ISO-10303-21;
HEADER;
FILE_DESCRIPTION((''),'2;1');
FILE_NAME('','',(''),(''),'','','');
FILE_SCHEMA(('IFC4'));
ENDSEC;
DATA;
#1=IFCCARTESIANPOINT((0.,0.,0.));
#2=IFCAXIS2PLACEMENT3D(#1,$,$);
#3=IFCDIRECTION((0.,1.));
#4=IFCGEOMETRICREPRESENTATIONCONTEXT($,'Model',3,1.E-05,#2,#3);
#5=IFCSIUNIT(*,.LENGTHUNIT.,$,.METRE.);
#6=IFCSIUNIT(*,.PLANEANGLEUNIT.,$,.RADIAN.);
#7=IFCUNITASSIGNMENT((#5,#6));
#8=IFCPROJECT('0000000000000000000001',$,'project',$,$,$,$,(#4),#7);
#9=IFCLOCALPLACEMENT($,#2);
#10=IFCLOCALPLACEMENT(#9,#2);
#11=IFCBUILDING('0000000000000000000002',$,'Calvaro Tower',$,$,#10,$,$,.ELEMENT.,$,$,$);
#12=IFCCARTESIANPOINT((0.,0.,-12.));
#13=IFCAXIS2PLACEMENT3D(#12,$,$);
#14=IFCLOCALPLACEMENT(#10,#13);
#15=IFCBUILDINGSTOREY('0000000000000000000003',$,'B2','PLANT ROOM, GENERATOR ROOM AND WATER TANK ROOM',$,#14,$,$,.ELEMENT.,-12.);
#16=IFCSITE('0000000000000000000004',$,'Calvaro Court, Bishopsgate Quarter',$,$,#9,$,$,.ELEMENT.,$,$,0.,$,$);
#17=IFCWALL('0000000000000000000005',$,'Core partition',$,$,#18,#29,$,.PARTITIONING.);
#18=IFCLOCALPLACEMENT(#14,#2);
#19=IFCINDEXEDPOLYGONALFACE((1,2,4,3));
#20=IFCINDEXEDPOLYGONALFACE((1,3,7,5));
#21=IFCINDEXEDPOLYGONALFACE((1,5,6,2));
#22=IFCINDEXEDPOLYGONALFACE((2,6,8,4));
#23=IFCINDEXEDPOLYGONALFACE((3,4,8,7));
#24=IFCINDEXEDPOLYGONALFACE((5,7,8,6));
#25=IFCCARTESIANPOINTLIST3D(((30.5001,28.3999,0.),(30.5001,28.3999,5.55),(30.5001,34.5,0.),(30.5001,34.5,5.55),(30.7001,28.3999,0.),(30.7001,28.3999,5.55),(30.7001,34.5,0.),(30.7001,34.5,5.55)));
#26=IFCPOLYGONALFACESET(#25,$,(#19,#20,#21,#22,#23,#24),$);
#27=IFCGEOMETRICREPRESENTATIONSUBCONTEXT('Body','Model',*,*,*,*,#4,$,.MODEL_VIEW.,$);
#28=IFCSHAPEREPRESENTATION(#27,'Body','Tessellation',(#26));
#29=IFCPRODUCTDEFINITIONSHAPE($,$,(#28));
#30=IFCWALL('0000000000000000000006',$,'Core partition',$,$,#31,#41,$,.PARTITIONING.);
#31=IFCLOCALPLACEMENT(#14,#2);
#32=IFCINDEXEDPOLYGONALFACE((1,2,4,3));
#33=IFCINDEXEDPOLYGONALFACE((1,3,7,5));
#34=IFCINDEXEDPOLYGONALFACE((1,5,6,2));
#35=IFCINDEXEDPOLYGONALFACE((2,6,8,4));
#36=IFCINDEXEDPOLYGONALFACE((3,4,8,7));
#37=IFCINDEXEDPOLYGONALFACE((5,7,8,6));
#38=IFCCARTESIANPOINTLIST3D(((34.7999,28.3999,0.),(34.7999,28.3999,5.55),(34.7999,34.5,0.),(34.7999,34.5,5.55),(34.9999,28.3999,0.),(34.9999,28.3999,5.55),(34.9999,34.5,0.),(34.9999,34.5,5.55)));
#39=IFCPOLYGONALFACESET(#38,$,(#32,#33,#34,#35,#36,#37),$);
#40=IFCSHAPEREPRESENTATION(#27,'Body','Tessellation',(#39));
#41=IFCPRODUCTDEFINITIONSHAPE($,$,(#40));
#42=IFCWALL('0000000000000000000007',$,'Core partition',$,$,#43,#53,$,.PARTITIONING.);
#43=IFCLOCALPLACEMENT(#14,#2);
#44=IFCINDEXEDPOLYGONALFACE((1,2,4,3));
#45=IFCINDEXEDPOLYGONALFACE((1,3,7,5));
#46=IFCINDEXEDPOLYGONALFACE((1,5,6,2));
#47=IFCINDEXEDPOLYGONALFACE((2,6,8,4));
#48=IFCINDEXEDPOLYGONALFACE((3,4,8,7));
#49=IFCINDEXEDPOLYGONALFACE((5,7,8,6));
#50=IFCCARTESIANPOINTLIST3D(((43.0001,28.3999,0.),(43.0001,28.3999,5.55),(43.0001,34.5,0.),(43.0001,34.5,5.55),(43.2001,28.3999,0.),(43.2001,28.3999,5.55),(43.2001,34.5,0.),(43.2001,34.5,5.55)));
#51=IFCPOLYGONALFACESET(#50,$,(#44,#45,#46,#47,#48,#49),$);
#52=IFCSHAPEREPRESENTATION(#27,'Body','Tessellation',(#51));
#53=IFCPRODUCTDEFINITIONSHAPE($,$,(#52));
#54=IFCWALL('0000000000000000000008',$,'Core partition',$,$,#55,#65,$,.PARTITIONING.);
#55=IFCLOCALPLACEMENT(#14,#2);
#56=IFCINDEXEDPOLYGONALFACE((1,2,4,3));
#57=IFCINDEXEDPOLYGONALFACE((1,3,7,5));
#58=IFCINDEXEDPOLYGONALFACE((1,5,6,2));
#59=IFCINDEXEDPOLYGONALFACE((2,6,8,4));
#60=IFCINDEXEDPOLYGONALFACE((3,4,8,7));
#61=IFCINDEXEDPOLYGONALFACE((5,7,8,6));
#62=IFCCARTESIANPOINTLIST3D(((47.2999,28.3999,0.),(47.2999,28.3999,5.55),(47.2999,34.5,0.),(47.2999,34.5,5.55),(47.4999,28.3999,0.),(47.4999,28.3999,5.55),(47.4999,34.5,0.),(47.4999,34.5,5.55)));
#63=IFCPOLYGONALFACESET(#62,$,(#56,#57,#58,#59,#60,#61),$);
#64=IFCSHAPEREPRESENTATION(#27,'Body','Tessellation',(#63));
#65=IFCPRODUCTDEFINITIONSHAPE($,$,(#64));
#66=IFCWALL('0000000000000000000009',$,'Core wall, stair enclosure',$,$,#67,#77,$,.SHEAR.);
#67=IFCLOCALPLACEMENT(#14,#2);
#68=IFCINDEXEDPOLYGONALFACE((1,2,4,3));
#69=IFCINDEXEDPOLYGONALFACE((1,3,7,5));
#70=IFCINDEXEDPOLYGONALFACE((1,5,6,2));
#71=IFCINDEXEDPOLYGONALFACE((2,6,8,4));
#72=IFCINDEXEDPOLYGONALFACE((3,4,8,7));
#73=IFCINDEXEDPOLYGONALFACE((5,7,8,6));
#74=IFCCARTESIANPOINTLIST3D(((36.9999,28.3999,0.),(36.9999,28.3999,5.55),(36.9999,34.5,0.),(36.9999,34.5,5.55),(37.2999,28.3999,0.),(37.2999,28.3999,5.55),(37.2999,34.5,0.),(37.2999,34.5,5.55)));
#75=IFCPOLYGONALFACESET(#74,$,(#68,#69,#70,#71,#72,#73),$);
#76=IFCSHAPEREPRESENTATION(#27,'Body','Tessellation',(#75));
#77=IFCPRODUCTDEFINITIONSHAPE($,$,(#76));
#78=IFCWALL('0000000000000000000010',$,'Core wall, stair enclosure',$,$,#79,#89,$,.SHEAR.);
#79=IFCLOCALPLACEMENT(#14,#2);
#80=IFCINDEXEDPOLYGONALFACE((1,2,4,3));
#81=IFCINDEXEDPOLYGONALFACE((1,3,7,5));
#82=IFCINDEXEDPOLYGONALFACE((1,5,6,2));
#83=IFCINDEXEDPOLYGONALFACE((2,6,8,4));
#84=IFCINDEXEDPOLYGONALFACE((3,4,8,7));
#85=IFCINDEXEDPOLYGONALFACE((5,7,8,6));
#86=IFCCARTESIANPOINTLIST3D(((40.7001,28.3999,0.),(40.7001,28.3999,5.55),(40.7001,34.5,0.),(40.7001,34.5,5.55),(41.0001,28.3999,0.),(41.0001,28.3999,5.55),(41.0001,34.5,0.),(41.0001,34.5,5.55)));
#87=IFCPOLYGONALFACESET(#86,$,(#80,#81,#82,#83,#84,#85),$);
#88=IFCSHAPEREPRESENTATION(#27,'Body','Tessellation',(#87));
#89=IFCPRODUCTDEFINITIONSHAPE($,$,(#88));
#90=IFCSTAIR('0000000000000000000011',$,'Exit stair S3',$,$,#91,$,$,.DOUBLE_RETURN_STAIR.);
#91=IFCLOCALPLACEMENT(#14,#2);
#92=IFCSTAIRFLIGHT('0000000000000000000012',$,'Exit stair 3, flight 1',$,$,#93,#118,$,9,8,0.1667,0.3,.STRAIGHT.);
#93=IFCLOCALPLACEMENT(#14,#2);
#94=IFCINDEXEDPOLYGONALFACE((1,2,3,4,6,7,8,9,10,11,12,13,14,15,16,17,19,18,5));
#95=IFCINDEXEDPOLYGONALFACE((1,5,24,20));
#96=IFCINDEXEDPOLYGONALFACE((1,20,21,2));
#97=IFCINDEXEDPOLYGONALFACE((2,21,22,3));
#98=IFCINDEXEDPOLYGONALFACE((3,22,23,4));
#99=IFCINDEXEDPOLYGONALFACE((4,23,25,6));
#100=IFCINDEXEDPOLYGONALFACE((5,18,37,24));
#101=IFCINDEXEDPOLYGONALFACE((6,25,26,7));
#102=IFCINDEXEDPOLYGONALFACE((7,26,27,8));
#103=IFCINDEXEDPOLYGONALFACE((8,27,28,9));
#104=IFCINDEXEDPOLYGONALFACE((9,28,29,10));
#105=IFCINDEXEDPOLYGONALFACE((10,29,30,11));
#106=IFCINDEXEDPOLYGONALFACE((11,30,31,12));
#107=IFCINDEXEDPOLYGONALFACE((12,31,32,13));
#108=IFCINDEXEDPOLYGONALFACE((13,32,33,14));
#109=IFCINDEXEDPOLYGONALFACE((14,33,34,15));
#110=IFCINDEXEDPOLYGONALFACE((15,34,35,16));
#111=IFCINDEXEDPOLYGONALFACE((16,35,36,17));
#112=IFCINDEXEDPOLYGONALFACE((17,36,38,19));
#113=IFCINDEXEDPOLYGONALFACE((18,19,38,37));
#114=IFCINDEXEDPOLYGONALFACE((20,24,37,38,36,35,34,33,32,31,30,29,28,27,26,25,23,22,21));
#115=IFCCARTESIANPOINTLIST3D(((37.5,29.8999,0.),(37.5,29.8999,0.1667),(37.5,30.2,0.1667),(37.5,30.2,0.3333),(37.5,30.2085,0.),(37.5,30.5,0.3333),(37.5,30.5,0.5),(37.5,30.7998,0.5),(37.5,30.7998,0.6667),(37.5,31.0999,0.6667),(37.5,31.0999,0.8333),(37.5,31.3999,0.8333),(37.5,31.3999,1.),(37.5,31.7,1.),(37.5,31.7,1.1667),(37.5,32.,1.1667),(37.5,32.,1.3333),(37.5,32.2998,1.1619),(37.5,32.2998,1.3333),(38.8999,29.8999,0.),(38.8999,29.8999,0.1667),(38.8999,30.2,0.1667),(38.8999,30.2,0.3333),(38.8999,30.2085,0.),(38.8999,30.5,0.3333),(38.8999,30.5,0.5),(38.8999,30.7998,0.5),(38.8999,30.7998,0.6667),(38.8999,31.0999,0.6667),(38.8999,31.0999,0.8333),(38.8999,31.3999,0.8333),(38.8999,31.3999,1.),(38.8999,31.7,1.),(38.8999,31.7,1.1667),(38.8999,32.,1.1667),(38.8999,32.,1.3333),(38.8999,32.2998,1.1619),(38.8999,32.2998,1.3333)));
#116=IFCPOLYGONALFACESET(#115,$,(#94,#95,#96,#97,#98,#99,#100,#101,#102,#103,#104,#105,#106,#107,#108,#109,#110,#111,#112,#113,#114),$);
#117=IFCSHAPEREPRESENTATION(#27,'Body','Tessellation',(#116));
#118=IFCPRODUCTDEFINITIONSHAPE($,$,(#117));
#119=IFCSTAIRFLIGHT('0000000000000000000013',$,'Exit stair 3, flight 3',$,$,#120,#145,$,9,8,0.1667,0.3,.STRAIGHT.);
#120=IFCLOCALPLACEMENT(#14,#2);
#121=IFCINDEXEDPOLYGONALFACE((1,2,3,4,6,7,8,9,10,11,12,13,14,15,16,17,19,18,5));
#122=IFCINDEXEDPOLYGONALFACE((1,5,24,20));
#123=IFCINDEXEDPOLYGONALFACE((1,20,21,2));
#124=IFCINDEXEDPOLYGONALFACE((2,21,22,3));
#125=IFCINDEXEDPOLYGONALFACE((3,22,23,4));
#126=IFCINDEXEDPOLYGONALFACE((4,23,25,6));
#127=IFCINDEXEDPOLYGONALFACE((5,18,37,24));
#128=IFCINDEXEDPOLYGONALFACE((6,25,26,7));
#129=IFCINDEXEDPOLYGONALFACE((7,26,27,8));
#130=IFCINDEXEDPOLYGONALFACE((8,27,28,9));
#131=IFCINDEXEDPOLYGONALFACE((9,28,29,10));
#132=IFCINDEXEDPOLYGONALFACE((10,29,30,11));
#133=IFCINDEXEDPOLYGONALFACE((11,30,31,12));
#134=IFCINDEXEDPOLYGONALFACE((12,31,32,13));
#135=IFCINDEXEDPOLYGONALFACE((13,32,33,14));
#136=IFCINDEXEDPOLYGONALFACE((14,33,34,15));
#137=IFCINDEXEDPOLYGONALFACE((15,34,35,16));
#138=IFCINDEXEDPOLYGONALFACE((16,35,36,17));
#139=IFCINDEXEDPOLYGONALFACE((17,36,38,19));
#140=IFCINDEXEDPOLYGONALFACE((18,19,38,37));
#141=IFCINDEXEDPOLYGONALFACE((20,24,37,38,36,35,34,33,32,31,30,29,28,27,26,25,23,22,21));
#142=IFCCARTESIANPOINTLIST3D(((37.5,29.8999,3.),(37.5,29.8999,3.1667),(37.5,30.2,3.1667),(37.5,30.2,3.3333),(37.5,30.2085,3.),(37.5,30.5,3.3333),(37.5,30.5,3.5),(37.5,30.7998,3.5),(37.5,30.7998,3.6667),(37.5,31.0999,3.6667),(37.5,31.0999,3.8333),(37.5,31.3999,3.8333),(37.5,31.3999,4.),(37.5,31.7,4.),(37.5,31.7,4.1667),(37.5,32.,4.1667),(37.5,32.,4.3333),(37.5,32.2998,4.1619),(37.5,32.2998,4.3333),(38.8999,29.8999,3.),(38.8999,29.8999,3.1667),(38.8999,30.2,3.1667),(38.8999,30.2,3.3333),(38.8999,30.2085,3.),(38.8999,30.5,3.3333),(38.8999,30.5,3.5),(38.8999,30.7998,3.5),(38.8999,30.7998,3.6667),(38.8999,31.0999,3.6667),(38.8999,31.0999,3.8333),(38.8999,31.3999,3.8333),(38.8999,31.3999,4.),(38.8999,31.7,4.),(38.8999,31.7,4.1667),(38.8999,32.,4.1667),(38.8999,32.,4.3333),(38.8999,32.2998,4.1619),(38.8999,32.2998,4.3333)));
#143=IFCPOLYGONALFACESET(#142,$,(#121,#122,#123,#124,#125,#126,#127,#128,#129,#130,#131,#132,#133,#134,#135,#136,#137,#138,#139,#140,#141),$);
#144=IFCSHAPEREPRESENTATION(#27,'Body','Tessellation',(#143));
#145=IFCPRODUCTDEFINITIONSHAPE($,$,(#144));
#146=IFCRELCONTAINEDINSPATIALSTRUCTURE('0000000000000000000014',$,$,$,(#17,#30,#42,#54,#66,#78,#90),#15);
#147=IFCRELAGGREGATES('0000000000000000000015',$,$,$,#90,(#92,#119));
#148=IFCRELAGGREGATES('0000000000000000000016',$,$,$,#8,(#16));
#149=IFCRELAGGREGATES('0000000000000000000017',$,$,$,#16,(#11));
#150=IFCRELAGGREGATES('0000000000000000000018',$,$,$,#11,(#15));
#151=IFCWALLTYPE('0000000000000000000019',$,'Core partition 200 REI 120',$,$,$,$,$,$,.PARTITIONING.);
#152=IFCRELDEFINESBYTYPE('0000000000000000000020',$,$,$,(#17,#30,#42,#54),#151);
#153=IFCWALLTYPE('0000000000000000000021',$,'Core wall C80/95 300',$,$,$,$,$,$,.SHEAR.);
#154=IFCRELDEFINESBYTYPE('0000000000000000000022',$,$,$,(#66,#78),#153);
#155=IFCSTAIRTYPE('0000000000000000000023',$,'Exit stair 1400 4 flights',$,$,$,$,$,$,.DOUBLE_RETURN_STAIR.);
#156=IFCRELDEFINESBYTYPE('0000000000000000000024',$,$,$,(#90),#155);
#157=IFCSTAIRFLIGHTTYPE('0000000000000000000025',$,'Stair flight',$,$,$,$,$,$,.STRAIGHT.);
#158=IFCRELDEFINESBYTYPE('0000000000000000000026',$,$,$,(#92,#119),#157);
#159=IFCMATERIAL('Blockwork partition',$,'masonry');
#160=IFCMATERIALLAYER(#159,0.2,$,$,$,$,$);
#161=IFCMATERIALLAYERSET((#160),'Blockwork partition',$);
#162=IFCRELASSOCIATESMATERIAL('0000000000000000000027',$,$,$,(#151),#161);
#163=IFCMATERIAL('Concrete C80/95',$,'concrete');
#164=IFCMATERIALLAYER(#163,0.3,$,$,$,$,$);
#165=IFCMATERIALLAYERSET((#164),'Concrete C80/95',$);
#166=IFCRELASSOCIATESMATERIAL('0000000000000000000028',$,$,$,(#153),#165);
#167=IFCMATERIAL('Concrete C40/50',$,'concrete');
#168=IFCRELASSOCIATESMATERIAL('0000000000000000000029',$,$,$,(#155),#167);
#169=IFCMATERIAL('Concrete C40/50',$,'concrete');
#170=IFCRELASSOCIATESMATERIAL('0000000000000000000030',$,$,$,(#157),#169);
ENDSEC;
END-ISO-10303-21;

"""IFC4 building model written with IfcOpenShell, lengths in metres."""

from ifc_helpers import new_model, si_unit, direction, frame, frame_2d, origin, place, context, subcontext, project, spatial, polyline, rectangle, outline, extrude, material, layer, layer_set, type_object, element, aggregate, save


model = new_model("IFC4")

# Units and contexts
model_context = context("Model", 3, precision=1e-05, world=origin(), true_north=direction((0.0, 1.0)))
body_context = subcontext(model_context, "Body", "Model", "MODEL_VIEW")
ifc_project = project(units=[si_unit("LENGTHUNIT", "METRE"), si_unit("PLANEANGLEUNIT", "RADIAN")], contexts=[model_context])

# Site, building, storey
site_placement = place(None, origin())
site = spatial("IfcSite", under=ifc_project, at=site_placement, Name="Calvaro Court, Bishopsgate Quarter", CompositionType="ELEMENT", RefElevation=0.0)
building_placement = place(site_placement, origin())
building = spatial("IfcBuilding", under=site, at=building_placement, Name="Calvaro Tower", CompositionType="ELEMENT")
storey_placement = place(building_placement, frame((0.0, 0.0, -12.0)))
storey = spatial("IfcBuildingStorey", under=building, at=storey_placement, Name="B2", Description="PLANT ROOM, GENERATOR ROOM AND WATER TANK ROOM", CompositionType="ELEMENT", Elevation=-12.0)

# Walls
ifc_material_1 = material(Name="Blockwork partition", Category="masonry")
ifc_layer_1 = layer(ifc_material_1, 0.2)
ifc_layer_set_1 = layer_set([ifc_layer_1], Name="Blockwork partition")
wall_type_1 = type_object("IfcWallType", Name="Core partition 200 REI 120", PredefinedType="PARTITIONING", material=ifc_layer_set_1)
for number, where, z_axis, x_axis, name in (
    (1, (30.6001, 28.3999, 0.0), (0.0, 0.0, 1.0), (0.0, 1.0, 0.0), "Core partition"),
    (2, (34.8999, 28.3999, 0.0), (0.0, 0.0, 1.0), (0.0, 1.0, 0.0), "Core partition"),
    (3, (43.1001, 28.3999, 0.0), (0.0, 0.0, 1.0), (0.0, 1.0, 0.0), "Core partition"),
    (4, (47.3999, 28.3999, 0.0), (0.0, 0.0, 1.0), (0.0, 1.0, 0.0), "Core partition"),
):
    element("IfcWall", number, at=place(storey_placement, frame(where, z_axis=z_axis, x_axis=x_axis)), inside=storey, type_object=wall_type_1, Name=name, PredefinedType="PARTITIONING", context=body_context, shape_type="SweptSolid", body=[
        extrude(rectangle(XDim=6.1001, YDim=0.2, at=frame_2d((3.05, 0.0))), origin(), (0.0, 0.0, 1.0), 5.55),
    ])
ifc_material_2 = material(Name="Concrete C80/95", Category="concrete")
ifc_layer_2 = layer(ifc_material_2, 0.3)
ifc_layer_set_2 = layer_set([ifc_layer_2], Name="Concrete C80/95")
wall_type_2 = type_object("IfcWallType", Name="Core wall C80/95 300", PredefinedType="SHEAR", material=ifc_layer_set_2)
for number, where, z_axis, x_axis, name in (
    (5, (37.1499, 28.3999, 0.0), (0.0, 0.0, 1.0), (0.0, 1.0, 0.0), "Core wall, stair enclosure"),
    (6, (40.8501, 28.3999, 0.0), (0.0, 0.0, 1.0), (0.0, 1.0, 0.0), "Core wall, stair enclosure"),
):
    element("IfcWall", number, at=place(storey_placement, frame(where, z_axis=z_axis, x_axis=x_axis)), inside=storey, type_object=wall_type_2, Name=name, PredefinedType="SHEAR", context=body_context, shape_type="SweptSolid", body=[
        extrude(rectangle(XDim=6.1001, YDim=0.3, at=frame_2d((3.05, 0.0))), origin(), (0.0, 0.0, 1.0), 5.55),
    ])

# Stair, stair flights
ifc_material_3 = material(Name="Concrete C40/50", Category="concrete")
stair_type = type_object("IfcStairType", Name="Exit stair 1400 4 flights", PredefinedType="DOUBLE_RETURN_STAIR", material=ifc_material_3)
stair_1_placement = place(storey_placement, origin())
stair_1 = element("IfcStair", 7, at=stair_1_placement, inside=storey, type_object=stair_type, Name="Exit stair S3", PredefinedType="DOUBLE_RETURN_STAIR")
ifc_material_4 = material(Name="Concrete C40/50", Category="concrete")
stair_flight_type = type_object("IfcStairFlightType", Name="Stair flight", PredefinedType="STRAIGHT", material=ifc_material_4)
stair_flight_1_placement = place(storey_placement, frame((38.2, 29.8999, 0.0), z_axis=(0.0, 0.0, 1.0), x_axis=(0.0, 1.0, 0.0)))
stair_flight_1 = element("IfcStairFlight", 8, at=stair_flight_1_placement, type_object=stair_flight_type, Name="Exit stair 3, flight 1", NumberOfRisers=9, NumberOfTreads=8, PredefinedType="STRAIGHT", RiserHeight=0.1667, TreadLength=0.3, context=body_context, shape_type="SweptSolid", body=[
    extrude(outline(polyline([(0.0, 0.0), (0.0, 0.1667), (0.3, 0.1667), (0.3, 0.3333), (0.6001, 0.3333), (0.6001, 0.5), (0.8999, 0.5), (0.8999, 0.6667), (1.2, 0.6667), (1.2, 0.8333), (1.5, 0.8333), (1.5, 1.0), (1.8, 1.0), (1.8, 1.1667), (2.1001, 1.1667), (2.1001, 1.3333), (2.3999, 1.3333), (2.3999, 1.5), (2.3999, 1.1619), (0.3086, 0.0), (0.0, 0.0)])), frame((0.0, 0.7, 0.0), z_axis=(0.0, -1.0, 0.0), x_axis=(1.0, 0.0, 0.0)), (0.0, 0.0, 1.0), 1.3999),
])
stair_flight_2_placement = place(storey_placement, frame((38.2, 29.8999, 3.0), z_axis=(0.0, 0.0, 1.0), x_axis=(0.0, 1.0, 0.0)))
stair_flight_2 = element("IfcStairFlight", 9, at=stair_flight_2_placement, type_object=stair_flight_type, Name="Exit stair 3, flight 3", NumberOfRisers=9, NumberOfTreads=8, PredefinedType="STRAIGHT", RiserHeight=0.1667, TreadLength=0.3, context=body_context, shape_type="SweptSolid", body=[
    extrude(outline(polyline([(0.0, 0.0), (0.0, 0.1667), (0.3, 0.1667), (0.3, 0.3333), (0.6001, 0.3333), (0.6001, 0.5), (0.8999, 0.5), (0.8999, 0.6667), (1.2, 0.6667), (1.2, 0.8333), (1.5, 0.8333), (1.5, 1.0), (1.8, 1.0), (1.8, 1.1667), (2.1001, 1.1667), (2.1001, 1.3333), (2.3999, 1.3333), (2.3999, 1.5), (2.3999, 1.1619), (0.3086, 0.0), (0.0, 0.0)])), frame((0.0, 0.7, 0.0), z_axis=(0.0, -1.0, 0.0), x_axis=(1.0, 0.0, 0.0)), (0.0, 0.0, 1.0), 1.3999),
])
aggregate(stair_1, [stair_flight_1, stair_flight_2])

save(model, "model.ifc")
